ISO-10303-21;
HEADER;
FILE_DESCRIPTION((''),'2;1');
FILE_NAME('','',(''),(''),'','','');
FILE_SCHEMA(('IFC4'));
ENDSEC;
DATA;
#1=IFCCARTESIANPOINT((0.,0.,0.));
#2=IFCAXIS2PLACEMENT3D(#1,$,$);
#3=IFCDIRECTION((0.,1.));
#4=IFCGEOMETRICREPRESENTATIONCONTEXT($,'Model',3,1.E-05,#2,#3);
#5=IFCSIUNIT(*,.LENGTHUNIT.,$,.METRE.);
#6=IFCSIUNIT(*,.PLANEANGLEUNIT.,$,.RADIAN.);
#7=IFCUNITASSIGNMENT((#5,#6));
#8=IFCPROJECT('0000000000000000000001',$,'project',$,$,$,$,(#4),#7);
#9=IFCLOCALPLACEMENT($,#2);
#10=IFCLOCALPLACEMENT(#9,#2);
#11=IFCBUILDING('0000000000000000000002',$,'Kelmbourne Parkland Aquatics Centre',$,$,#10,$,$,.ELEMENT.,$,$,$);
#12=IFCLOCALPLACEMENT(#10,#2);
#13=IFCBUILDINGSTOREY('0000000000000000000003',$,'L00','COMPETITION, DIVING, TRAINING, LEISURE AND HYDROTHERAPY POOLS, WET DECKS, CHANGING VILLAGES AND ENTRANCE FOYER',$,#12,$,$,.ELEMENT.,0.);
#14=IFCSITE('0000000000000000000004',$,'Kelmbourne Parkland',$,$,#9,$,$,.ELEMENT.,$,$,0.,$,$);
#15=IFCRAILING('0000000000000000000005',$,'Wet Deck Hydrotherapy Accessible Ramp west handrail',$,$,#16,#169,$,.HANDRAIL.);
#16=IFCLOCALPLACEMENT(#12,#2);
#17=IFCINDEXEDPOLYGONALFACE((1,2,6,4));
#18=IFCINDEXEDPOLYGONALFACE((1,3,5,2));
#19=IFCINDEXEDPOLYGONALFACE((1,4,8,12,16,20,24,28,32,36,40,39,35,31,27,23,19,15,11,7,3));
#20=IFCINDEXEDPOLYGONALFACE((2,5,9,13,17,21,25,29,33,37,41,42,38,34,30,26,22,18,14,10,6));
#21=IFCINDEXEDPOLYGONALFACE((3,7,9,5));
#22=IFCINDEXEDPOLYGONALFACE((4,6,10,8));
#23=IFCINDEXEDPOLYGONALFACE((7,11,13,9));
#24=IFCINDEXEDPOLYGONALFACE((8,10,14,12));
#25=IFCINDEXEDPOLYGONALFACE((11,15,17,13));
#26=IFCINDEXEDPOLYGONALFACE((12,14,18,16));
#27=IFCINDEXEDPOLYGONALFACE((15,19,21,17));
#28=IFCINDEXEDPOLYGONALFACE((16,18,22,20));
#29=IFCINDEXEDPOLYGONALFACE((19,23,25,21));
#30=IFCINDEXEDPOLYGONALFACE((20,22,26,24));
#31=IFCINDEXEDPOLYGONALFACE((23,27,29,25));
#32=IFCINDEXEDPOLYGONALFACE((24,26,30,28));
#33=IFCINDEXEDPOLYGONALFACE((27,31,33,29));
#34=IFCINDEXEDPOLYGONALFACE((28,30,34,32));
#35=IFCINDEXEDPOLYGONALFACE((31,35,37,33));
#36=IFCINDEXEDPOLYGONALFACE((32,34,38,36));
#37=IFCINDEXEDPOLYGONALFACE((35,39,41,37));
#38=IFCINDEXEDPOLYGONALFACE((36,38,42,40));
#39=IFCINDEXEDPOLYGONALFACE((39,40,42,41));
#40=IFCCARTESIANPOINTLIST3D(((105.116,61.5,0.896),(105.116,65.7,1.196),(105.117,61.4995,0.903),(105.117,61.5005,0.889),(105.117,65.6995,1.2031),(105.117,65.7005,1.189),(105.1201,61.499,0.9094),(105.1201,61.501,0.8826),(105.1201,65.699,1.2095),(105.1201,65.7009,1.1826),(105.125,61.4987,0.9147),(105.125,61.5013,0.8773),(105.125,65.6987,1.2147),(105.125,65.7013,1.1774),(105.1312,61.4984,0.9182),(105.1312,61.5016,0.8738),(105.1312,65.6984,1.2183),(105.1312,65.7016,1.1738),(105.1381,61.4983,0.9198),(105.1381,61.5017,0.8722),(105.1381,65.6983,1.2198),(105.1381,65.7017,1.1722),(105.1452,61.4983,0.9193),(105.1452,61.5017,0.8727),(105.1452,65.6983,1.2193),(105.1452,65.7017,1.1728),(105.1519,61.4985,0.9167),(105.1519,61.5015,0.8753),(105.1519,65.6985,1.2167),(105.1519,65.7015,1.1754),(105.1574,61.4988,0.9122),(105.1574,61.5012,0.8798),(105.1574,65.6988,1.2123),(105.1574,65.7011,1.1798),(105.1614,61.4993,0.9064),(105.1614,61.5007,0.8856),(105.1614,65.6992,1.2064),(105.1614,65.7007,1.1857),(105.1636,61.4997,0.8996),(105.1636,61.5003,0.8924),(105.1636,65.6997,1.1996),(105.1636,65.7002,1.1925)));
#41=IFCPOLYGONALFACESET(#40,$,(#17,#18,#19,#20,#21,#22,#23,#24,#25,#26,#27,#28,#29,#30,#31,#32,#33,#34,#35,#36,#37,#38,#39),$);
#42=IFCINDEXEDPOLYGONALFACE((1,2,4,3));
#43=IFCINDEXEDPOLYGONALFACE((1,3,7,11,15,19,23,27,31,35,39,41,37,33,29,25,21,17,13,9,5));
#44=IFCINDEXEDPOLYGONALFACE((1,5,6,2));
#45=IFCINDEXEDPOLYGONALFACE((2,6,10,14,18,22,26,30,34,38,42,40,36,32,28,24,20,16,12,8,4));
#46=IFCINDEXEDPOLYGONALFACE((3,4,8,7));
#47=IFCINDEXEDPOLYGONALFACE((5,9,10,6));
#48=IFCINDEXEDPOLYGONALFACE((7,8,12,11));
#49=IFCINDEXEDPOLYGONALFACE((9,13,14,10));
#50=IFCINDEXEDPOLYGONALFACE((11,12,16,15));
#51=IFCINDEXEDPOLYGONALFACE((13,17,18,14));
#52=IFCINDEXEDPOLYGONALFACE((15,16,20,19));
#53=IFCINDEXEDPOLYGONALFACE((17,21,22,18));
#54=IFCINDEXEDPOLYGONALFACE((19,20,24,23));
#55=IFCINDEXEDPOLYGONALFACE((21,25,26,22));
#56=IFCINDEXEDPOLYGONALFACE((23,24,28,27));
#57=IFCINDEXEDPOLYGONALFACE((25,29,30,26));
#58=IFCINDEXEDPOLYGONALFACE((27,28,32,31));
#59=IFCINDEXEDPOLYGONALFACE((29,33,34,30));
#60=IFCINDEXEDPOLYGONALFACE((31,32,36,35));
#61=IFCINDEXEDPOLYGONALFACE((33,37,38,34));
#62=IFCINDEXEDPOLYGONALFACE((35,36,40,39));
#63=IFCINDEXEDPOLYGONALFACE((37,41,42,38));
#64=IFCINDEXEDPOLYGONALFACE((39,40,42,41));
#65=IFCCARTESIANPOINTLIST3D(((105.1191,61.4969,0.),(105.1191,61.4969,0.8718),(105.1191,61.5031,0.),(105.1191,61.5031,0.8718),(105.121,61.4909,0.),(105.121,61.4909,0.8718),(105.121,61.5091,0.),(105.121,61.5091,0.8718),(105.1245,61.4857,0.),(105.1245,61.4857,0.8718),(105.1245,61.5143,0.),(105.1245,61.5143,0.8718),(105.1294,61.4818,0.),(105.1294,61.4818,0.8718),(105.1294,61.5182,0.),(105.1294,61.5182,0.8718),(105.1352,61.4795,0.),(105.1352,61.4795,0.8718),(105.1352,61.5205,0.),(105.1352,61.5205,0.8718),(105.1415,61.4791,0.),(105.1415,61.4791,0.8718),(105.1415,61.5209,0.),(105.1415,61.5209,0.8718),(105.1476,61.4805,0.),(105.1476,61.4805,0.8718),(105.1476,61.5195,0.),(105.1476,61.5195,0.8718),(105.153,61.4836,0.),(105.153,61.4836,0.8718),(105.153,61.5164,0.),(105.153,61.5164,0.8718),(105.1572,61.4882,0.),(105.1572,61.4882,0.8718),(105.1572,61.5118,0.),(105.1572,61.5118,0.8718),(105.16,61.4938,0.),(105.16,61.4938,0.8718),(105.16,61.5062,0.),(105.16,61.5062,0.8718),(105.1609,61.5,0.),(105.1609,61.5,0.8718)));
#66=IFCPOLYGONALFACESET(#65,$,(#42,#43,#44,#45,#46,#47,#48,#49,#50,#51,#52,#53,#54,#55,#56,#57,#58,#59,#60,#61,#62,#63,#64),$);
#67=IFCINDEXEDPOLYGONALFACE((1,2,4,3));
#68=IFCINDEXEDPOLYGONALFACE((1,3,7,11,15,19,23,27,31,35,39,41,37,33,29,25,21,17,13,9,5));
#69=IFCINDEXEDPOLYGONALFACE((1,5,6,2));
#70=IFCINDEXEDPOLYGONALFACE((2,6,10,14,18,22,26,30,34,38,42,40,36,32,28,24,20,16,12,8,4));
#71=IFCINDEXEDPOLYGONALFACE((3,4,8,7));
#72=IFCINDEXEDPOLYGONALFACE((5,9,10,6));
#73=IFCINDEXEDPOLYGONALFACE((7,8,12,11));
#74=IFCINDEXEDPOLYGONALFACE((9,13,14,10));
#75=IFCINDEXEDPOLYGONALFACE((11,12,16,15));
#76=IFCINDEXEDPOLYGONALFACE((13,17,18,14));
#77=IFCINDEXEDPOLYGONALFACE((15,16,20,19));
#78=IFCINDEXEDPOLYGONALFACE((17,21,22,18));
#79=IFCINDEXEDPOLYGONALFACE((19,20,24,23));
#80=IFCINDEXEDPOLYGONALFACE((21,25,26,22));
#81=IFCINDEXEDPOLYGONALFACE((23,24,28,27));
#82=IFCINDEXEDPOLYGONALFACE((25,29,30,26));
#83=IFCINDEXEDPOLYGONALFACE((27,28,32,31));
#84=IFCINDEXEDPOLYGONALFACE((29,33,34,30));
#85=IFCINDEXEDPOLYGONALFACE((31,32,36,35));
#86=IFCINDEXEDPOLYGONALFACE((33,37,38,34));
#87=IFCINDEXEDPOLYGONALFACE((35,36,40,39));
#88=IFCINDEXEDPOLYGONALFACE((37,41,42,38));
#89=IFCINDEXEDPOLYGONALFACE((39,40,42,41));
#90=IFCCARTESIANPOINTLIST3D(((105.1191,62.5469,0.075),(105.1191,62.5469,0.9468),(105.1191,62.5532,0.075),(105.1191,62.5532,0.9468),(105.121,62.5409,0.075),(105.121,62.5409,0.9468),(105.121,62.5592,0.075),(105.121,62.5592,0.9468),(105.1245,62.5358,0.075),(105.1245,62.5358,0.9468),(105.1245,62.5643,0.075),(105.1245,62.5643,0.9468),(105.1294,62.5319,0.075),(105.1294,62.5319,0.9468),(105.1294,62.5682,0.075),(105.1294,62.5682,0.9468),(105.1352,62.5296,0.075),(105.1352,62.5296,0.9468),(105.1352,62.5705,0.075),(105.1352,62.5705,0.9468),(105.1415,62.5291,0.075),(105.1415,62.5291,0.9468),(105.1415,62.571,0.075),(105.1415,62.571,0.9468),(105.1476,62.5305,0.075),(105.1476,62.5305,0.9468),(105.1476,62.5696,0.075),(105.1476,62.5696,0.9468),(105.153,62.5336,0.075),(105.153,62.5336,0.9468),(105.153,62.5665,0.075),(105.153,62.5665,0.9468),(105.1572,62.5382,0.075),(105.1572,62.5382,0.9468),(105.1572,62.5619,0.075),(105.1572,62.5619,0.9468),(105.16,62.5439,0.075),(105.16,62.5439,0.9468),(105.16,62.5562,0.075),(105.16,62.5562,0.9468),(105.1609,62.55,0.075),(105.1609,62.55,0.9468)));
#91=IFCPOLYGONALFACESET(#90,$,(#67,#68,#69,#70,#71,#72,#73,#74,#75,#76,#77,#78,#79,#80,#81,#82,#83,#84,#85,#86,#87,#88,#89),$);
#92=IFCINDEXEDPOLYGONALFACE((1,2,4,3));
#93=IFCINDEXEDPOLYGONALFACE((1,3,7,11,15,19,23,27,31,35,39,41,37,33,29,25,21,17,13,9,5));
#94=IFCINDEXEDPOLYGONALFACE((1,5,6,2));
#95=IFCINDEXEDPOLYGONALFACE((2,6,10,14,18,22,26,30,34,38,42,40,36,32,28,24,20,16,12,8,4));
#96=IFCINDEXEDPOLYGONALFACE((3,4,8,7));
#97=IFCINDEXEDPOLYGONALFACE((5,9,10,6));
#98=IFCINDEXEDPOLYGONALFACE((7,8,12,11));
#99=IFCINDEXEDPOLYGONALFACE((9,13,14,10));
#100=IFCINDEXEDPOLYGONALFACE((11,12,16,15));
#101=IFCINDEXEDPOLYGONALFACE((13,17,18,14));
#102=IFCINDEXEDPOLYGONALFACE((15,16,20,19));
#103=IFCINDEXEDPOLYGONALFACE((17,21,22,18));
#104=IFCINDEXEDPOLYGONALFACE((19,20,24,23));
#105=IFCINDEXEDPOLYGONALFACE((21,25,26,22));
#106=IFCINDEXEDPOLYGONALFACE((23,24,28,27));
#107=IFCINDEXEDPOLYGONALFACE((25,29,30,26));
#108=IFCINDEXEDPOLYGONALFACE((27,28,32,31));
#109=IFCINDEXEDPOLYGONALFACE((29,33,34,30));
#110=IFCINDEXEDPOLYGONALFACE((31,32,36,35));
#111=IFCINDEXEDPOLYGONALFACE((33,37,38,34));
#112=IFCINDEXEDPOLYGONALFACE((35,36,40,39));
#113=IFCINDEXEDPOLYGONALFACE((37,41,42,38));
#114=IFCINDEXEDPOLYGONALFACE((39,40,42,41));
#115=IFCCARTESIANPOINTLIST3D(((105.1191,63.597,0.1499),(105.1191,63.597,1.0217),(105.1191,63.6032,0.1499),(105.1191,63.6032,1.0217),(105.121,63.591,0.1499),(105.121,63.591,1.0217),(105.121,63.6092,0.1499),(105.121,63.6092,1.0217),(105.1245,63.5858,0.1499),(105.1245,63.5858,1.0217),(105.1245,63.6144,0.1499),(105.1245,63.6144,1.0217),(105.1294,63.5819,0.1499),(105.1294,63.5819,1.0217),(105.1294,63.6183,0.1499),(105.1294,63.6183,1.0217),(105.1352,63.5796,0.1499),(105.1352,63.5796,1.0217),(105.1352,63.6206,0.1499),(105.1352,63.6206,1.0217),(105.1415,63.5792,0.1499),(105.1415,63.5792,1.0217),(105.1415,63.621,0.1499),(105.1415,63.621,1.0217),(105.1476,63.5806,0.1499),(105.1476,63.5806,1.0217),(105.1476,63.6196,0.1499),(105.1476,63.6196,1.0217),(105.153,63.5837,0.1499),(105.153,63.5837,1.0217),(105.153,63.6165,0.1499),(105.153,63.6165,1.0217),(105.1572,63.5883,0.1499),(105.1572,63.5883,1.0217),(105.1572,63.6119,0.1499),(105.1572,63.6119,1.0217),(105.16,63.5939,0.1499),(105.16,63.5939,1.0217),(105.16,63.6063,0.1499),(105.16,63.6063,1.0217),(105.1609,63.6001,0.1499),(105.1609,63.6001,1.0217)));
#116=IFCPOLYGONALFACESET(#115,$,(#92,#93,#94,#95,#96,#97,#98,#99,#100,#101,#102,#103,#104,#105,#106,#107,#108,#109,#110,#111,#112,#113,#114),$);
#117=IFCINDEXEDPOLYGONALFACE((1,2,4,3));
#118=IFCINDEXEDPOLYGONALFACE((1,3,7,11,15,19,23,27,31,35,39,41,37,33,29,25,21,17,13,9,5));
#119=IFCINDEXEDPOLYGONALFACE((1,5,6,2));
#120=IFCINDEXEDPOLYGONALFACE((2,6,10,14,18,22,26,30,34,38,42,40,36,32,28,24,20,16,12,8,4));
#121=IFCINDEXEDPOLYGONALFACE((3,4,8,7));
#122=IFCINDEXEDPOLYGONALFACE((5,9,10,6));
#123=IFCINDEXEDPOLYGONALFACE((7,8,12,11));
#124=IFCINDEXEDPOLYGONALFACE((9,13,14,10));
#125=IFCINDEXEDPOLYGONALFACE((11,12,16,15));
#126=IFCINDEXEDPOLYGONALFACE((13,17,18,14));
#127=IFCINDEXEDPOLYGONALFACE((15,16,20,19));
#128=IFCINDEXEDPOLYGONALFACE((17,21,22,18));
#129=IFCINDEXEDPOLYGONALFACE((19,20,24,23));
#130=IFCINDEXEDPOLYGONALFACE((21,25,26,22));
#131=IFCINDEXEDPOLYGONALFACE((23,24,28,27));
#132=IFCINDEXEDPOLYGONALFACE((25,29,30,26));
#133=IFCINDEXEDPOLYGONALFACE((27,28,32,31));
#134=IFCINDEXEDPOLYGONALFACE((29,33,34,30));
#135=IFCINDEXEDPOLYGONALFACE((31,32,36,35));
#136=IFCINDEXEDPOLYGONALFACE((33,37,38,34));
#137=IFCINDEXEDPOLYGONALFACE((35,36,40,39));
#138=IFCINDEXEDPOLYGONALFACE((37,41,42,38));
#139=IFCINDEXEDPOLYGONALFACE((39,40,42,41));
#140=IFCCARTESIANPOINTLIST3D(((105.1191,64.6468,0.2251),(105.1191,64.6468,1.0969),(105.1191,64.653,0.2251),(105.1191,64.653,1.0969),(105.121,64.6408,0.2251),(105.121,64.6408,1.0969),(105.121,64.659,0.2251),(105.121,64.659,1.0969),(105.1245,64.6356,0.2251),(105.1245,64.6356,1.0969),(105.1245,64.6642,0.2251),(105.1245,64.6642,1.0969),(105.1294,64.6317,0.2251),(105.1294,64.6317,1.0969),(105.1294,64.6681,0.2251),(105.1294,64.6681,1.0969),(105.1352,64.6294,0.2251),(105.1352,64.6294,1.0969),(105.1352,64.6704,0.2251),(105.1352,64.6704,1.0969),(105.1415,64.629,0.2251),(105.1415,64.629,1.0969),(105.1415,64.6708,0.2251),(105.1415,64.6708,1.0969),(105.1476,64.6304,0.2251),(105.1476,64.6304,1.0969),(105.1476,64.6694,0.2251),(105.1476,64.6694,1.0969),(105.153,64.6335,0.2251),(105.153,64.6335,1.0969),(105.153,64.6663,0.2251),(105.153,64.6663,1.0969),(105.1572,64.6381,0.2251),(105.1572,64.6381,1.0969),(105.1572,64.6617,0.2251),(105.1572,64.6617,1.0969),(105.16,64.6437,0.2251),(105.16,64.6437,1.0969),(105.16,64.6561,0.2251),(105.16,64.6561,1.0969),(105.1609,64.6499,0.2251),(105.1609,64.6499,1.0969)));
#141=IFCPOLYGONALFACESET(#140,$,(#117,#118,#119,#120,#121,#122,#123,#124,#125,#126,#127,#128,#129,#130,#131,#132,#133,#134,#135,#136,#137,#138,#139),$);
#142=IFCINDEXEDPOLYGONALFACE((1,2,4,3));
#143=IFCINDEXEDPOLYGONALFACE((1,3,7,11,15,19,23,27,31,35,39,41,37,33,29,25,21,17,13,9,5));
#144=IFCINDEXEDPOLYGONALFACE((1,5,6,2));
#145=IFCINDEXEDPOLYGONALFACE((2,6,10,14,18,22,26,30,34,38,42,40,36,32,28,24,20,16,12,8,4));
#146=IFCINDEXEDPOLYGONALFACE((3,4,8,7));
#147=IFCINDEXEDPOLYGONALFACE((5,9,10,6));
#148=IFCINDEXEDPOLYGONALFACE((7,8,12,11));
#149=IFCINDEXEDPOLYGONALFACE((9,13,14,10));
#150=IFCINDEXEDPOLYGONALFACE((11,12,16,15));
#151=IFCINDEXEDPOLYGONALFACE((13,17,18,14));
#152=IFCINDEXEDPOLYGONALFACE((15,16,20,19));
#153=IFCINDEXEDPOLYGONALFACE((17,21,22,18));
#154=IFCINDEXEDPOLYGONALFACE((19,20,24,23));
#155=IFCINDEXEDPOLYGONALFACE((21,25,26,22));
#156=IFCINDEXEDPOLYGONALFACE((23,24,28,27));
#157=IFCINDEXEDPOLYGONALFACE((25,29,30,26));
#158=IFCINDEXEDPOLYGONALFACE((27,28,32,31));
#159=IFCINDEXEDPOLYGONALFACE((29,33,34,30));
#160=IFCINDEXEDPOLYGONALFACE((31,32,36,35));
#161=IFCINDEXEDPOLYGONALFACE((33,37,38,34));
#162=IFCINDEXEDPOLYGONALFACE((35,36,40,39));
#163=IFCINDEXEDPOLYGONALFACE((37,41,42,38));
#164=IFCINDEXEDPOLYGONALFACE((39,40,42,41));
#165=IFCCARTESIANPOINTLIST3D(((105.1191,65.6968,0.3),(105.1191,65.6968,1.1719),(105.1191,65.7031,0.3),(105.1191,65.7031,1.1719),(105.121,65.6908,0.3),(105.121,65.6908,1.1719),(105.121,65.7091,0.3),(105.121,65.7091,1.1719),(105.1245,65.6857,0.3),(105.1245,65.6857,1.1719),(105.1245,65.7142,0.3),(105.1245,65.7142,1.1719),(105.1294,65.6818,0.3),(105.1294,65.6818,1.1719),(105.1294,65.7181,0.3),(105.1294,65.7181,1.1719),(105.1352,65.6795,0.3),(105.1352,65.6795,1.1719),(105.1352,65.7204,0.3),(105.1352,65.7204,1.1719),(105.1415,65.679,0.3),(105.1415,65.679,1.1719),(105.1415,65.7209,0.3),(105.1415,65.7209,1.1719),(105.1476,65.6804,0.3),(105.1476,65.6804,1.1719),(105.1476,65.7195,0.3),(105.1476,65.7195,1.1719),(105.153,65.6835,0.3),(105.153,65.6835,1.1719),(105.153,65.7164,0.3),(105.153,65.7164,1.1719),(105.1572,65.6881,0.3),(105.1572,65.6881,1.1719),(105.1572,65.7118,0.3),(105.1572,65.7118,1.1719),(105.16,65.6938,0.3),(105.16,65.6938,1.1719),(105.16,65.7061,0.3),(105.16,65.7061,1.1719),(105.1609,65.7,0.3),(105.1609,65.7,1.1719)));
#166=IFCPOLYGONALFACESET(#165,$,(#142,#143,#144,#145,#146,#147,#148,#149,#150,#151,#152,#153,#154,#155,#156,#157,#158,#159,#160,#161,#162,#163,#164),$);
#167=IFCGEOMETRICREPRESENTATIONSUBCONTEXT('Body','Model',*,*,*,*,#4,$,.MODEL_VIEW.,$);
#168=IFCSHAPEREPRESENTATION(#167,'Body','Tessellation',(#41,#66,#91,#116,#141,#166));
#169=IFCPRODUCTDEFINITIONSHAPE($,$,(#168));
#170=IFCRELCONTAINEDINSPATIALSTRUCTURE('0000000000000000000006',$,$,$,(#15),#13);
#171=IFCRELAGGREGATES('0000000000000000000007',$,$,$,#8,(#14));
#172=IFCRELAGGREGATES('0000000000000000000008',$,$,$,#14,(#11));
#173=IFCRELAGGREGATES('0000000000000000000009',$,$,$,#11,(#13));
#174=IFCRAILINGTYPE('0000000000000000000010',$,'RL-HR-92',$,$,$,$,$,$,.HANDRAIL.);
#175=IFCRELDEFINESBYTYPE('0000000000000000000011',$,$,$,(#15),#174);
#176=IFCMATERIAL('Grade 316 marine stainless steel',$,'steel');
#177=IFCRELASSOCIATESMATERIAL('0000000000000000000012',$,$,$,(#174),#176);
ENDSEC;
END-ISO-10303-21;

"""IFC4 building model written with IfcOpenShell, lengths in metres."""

from ifc_helpers import new_model, si_unit, direction, frame, origin, origin_2d, place, context, subcontext, project, spatial, circle, extrude, material, type_object, element, save


model = new_model("IFC4")

# Units and contexts
model_context = context("Model", 3, precision=1e-05, world=origin(), true_north=direction((0.0, 1.0)))
body_context = subcontext(model_context, "Body", "Model", "MODEL_VIEW")
ifc_project = project(units=[si_unit("LENGTHUNIT", "METRE"), si_unit("PLANEANGLEUNIT", "RADIAN")], contexts=[model_context])

# Site, building, storey
site_placement = place(None, origin())
site = spatial("IfcSite", under=ifc_project, at=site_placement, Name="Kelmbourne Parkland", CompositionType="ELEMENT", RefElevation=0.0)
building_placement = place(site_placement, origin())
building = spatial("IfcBuilding", under=site, at=building_placement, Name="Kelmbourne Parkland Aquatics Centre", CompositionType="ELEMENT")
storey_placement = place(building_placement, origin())
storey = spatial("IfcBuildingStorey", under=building, at=storey_placement, Name="L00", Description="COMPETITION, DIVING, TRAINING, LEISURE AND HYDROTHERAPY POOLS, WET DECKS, CHANGING VILLAGES AND ENTRANCE FOYER", CompositionType="ELEMENT", Elevation=0.0)

# Railing
ifc_material_1 = material(Name="Grade 316 marine stainless steel", Category="steel")
railing_type = type_object("IfcRailingType", Name="RL-HR-92", PredefinedType="HANDRAIL", material=ifc_material_1)
for number, where, name in (
    (1, (105.1399, 61.5, 0.0), "Wet Deck Hydrotherapy Accessible Ramp west handrail"),
):
    element("IfcRailing", number, at=place(storey_placement, frame(where)), inside=storey, type_object=railing_type, Name=name, PredefinedType="HANDRAIL", context=body_context, shape_type="SweptSolid", body=[
        extrude(circle(Radius=0.0239, at=origin_2d()), frame((0.0, 0.0, 0.896), z_axis=(0.0, 0.997458, 0.071259), x_axis=(-1.0, 0.0, 0.0)), (0.0, 0.0, 1.0), 4.2107),
        extrude(circle(Radius=0.021, at=origin_2d()), origin(), (0.0, 0.0, 1.0), 0.8718),
        extrude(circle(Radius=0.021, at=origin_2d()), frame((0.0, 1.05, 0.075)), (0.0, 0.0, 1.0), 0.8718),
        extrude(circle(Radius=0.021, at=origin_2d()), frame((0.0, 2.1001, 0.1499)), (0.0, 0.0, 1.0), 0.8718),
        extrude(circle(Radius=0.021, at=origin_2d()), frame((0.0, 3.1499, 0.2251)), (0.0, 0.0, 1.0), 0.8718),
        extrude(circle(Radius=0.021, at=origin_2d()), frame((0.0, 4.2, 0.3)), (0.0, 0.0, 1.0), 0.8718),
    ])

save(model, "model.ifc")
